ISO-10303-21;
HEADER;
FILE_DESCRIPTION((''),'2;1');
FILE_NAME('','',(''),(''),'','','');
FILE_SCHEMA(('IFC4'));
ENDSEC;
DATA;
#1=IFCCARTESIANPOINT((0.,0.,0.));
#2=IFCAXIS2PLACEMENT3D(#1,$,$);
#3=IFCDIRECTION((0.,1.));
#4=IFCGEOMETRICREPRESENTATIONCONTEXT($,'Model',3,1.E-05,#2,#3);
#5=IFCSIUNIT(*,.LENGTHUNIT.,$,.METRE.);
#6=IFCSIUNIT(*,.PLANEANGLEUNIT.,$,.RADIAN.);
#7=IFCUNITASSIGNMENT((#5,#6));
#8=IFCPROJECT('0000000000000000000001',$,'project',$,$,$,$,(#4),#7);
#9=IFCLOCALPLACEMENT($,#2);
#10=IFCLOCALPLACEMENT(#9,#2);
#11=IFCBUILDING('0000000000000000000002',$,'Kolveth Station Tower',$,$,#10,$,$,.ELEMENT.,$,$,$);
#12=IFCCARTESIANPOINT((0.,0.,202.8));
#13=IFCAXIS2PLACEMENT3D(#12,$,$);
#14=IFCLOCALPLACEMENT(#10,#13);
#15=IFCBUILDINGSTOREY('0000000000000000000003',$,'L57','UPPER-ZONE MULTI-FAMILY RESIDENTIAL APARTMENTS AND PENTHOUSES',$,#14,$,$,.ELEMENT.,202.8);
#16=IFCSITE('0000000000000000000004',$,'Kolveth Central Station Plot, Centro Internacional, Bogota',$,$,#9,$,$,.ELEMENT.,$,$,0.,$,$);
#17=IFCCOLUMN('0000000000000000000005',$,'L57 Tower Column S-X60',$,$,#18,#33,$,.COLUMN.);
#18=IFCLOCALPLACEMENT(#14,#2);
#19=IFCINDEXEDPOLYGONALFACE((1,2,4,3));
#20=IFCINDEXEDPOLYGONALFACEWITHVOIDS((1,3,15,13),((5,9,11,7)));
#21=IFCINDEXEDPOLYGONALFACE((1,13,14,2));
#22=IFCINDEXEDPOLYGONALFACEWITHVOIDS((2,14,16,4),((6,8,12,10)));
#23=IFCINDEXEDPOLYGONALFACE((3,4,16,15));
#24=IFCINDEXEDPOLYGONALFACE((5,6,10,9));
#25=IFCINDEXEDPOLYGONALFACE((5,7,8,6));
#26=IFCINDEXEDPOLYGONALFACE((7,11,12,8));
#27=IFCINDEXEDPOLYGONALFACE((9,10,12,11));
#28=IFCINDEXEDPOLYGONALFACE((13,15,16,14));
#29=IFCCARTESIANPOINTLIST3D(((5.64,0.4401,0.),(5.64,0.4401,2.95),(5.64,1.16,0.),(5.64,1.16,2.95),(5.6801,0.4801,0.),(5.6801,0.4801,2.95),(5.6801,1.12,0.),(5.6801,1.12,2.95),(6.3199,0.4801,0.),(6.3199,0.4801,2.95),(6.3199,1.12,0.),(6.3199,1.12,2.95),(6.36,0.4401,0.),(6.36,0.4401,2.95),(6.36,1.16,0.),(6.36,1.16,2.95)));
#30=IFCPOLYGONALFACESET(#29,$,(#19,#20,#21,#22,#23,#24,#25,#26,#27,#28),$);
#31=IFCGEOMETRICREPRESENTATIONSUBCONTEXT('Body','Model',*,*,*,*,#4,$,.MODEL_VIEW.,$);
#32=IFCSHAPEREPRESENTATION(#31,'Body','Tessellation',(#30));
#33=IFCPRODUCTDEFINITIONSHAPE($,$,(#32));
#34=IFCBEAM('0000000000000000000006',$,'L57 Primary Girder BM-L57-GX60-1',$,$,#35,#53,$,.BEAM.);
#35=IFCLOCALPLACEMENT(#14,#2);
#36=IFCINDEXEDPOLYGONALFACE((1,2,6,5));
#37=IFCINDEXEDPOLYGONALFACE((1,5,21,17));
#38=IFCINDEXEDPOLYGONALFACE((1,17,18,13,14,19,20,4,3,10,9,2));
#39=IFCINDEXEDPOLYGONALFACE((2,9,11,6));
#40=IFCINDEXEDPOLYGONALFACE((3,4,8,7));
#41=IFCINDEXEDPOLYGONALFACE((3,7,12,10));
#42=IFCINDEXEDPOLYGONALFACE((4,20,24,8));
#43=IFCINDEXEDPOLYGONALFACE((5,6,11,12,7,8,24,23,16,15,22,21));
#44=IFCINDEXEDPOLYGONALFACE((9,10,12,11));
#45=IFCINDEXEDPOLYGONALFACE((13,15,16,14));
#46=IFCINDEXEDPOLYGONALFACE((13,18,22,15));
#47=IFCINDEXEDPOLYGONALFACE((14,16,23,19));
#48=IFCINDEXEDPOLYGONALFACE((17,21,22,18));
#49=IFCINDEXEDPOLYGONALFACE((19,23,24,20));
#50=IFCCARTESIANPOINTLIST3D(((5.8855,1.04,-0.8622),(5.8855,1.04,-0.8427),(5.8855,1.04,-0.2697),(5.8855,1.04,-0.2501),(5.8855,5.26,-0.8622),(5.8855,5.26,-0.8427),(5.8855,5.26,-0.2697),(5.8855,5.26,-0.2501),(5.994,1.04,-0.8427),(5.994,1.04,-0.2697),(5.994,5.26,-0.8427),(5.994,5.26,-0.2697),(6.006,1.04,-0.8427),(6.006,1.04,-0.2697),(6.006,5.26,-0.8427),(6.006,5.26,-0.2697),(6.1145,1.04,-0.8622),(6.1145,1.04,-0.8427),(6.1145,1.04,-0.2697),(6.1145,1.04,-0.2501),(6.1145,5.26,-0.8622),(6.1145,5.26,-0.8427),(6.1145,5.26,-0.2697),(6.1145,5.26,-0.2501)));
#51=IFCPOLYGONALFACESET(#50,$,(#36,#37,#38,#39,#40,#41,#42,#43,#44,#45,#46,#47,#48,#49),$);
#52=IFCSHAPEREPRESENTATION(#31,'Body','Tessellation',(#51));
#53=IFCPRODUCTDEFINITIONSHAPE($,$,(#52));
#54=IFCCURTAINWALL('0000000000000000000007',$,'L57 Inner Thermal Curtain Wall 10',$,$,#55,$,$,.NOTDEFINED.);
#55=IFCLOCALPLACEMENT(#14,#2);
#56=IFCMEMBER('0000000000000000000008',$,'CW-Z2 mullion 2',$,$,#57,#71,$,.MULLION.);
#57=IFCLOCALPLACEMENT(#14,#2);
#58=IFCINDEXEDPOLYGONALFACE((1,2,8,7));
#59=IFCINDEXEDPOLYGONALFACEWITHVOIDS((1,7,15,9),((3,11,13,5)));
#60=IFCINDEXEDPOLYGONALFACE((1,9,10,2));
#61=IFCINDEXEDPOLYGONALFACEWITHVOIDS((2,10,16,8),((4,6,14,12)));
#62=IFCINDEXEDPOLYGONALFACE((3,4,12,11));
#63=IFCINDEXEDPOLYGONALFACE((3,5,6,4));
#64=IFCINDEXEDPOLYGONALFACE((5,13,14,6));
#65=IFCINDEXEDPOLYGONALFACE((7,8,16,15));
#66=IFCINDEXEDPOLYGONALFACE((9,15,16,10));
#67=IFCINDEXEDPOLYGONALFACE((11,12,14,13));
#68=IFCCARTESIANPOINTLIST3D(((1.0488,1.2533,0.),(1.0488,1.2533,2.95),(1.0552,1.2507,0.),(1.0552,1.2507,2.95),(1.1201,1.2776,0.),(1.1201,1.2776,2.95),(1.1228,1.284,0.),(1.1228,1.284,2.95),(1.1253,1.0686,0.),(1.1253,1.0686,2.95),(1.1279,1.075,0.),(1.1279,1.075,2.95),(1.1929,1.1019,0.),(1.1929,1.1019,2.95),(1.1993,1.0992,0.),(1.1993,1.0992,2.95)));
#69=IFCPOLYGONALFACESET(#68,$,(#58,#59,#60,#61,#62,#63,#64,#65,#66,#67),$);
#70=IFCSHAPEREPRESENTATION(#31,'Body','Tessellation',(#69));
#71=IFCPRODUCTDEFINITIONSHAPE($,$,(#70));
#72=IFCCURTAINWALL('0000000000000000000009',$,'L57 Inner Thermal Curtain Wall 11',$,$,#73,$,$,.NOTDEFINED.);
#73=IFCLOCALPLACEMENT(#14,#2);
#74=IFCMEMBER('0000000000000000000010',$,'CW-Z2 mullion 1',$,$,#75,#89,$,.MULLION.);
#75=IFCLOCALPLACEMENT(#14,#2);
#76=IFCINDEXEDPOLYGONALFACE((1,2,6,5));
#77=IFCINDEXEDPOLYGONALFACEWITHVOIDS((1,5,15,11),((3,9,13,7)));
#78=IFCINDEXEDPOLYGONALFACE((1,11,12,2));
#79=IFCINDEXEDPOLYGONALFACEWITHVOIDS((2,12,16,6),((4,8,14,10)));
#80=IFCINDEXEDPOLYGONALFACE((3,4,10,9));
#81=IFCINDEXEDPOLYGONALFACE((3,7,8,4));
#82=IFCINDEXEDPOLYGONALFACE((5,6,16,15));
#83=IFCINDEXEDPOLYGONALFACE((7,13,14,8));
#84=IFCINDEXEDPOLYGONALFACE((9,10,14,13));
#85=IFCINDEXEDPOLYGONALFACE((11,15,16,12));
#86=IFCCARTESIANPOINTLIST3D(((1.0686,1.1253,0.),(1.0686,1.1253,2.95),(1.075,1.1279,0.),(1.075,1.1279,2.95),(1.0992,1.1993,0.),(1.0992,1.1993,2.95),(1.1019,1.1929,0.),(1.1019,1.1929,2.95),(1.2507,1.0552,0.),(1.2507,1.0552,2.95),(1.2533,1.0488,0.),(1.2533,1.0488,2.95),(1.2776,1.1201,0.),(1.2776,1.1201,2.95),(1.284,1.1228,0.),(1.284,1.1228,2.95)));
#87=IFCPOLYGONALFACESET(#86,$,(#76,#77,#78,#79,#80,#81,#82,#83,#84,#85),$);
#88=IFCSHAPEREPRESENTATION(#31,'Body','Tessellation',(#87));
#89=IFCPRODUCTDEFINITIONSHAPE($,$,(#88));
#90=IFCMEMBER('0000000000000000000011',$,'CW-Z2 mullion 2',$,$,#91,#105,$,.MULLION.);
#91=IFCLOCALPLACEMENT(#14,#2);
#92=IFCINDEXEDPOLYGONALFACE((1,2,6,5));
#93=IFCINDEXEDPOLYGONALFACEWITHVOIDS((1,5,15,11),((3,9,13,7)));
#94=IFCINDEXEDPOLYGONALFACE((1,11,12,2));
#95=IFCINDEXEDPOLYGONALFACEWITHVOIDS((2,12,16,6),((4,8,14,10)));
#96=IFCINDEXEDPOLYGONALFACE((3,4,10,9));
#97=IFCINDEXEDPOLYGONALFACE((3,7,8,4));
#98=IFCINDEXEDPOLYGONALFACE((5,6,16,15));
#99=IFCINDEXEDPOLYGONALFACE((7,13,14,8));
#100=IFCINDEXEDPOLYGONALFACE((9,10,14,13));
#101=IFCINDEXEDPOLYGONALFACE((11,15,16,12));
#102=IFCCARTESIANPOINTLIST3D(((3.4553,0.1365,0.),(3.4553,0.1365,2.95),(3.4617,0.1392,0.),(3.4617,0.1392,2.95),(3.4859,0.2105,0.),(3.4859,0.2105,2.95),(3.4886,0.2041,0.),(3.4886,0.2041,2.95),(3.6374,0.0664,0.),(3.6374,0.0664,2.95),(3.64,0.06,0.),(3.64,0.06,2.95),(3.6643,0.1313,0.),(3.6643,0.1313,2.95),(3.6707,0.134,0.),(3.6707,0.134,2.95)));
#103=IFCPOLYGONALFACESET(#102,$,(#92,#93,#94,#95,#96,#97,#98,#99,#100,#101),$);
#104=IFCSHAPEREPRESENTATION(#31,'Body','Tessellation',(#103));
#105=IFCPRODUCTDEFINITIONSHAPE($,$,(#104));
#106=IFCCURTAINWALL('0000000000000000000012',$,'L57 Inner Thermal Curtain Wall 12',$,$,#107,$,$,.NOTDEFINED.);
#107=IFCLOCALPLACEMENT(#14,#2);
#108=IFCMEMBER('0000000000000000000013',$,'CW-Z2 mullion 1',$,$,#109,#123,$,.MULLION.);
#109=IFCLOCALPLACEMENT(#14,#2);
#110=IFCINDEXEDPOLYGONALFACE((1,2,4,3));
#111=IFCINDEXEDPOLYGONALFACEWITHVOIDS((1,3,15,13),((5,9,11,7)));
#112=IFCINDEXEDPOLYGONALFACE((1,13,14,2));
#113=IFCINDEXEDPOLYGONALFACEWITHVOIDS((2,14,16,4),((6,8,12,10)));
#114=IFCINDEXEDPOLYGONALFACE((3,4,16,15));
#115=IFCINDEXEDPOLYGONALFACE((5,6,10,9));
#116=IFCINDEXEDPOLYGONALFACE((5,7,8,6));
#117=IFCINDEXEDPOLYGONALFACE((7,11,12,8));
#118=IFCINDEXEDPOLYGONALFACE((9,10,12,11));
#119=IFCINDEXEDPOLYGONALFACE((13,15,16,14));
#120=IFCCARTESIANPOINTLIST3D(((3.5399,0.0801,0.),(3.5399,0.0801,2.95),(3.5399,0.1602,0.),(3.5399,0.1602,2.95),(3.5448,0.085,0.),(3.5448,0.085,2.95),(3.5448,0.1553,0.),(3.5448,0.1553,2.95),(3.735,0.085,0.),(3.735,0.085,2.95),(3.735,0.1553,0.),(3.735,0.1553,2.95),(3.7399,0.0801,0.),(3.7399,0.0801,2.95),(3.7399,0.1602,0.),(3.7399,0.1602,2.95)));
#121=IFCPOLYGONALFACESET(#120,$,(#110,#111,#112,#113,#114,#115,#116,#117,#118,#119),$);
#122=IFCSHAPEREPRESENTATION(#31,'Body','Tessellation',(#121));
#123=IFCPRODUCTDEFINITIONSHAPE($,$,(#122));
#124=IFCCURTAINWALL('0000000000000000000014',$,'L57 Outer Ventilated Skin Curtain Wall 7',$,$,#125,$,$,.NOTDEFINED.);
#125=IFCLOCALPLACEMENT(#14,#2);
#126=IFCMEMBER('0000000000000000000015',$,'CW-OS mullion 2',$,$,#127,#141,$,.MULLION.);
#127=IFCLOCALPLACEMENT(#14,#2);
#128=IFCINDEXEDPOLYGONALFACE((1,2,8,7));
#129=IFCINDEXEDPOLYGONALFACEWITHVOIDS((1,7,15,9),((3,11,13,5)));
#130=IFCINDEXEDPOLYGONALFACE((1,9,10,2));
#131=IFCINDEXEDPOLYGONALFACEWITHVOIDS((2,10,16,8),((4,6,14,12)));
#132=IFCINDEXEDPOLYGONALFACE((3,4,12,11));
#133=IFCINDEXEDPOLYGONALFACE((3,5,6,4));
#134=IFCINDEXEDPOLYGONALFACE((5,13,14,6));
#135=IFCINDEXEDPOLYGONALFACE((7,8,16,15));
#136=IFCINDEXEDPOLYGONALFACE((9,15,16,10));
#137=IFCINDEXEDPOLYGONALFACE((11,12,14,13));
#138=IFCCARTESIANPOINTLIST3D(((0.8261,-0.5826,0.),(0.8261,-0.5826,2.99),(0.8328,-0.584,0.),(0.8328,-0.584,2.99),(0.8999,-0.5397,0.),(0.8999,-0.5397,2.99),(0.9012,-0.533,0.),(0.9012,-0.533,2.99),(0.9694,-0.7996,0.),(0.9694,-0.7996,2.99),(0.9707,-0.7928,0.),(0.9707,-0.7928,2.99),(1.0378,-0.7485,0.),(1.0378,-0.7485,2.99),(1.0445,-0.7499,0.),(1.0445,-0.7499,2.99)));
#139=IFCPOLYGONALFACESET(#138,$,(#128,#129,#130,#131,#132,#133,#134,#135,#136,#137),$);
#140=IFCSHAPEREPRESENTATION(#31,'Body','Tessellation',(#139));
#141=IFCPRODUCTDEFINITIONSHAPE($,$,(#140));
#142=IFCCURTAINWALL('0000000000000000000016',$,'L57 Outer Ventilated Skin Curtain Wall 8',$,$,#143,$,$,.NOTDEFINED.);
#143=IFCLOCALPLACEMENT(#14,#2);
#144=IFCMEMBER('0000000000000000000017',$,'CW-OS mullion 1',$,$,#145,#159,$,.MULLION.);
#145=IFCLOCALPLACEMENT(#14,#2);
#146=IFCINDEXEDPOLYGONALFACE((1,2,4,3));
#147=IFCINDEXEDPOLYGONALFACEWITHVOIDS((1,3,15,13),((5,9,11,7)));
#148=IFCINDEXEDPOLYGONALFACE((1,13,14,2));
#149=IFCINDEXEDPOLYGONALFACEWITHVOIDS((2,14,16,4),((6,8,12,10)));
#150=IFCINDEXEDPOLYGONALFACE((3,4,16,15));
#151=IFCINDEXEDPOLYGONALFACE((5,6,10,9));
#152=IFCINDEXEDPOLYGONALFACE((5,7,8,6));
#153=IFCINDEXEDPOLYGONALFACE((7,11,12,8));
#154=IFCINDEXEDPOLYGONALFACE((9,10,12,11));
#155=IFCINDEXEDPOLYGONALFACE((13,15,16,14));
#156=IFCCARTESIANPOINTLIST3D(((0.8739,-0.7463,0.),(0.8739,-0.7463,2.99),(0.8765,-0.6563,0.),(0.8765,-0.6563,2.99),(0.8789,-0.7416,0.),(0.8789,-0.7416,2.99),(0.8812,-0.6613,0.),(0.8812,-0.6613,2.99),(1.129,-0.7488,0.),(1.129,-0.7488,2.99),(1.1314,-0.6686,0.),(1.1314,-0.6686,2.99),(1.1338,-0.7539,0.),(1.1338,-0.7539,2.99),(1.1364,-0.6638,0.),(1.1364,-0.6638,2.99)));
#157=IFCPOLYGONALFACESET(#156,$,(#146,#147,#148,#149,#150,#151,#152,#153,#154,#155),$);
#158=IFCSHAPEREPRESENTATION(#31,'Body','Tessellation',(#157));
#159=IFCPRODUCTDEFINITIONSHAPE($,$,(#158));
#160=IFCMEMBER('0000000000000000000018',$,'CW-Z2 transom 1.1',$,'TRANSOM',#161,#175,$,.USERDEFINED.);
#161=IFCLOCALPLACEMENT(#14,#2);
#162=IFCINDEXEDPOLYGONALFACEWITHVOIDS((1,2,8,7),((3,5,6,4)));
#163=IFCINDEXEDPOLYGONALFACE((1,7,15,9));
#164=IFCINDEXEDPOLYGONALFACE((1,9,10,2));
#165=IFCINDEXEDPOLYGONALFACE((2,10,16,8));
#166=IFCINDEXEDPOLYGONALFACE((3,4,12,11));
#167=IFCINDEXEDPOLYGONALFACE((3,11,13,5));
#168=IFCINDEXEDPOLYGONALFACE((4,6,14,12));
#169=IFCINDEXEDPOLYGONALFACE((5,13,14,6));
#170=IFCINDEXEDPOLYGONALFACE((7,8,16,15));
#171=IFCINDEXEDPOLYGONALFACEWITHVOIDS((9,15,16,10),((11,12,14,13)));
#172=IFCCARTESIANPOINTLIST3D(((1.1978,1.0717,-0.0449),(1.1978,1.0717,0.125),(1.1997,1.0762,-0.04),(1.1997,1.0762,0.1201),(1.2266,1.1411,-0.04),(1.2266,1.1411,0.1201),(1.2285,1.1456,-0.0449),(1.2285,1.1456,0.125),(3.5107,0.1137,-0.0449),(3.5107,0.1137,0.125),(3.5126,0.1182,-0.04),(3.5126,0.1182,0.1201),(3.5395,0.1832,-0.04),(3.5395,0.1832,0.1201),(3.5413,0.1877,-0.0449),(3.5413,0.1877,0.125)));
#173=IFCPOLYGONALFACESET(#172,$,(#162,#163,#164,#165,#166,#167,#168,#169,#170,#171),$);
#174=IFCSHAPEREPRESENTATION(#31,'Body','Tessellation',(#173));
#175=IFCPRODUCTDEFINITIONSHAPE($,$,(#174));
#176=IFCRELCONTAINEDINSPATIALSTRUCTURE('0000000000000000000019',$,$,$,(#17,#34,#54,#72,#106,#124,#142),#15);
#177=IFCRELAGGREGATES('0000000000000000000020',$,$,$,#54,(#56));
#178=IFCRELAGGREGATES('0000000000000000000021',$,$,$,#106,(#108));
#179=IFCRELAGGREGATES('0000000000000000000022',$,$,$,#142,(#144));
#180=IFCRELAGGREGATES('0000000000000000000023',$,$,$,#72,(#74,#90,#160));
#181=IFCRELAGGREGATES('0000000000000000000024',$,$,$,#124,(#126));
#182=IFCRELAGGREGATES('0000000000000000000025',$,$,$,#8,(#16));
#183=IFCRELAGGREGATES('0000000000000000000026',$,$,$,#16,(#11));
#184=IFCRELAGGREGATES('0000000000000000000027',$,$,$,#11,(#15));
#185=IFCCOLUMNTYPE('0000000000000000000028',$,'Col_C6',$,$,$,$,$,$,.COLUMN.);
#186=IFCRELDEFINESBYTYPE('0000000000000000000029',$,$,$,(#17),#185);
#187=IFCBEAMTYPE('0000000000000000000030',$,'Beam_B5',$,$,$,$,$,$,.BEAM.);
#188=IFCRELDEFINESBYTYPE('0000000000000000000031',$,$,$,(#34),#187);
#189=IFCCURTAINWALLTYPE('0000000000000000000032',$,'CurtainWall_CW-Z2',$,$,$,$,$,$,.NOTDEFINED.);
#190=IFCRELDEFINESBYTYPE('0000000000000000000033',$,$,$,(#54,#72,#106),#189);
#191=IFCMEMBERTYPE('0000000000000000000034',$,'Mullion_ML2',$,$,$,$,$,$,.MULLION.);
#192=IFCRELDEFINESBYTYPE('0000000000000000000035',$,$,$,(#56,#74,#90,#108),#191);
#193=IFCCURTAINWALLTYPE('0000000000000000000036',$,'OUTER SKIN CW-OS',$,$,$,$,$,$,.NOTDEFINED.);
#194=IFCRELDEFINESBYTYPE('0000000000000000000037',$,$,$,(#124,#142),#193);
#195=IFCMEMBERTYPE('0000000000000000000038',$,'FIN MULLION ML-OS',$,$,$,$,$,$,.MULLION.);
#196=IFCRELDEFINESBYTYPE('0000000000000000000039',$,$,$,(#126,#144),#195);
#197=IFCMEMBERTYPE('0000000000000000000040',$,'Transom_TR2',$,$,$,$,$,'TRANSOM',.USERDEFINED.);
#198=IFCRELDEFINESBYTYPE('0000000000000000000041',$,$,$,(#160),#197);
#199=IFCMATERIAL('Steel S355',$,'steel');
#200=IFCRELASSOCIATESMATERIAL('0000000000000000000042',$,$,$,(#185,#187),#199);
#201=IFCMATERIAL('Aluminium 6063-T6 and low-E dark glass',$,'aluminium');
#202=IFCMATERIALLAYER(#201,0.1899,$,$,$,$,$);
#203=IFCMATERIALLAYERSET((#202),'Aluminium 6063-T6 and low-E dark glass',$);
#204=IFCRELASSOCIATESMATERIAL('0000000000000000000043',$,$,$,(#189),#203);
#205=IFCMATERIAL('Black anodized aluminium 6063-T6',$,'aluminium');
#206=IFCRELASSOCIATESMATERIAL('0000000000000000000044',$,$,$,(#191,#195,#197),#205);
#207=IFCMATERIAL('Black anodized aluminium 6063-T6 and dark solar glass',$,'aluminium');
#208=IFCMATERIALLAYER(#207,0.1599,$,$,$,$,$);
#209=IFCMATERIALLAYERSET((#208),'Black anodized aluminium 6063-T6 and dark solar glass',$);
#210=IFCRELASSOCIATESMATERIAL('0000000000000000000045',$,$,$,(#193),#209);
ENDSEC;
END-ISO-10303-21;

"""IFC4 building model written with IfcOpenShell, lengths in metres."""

from ifc_helpers import new_model, si_unit, direction, frame, origin, origin_2d, place, context, subcontext, project, spatial, hollow_rectangle, i_section, extrude, source, transform, mapped, material, layer, layer_set, material_profile, profile_set, type_object, element, aggregate, save


model = new_model("IFC4")

# Units and contexts
model_context = context("Model", 3, precision=1e-05, world=origin(), true_north=direction((0.0, 1.0)))
body_context = subcontext(model_context, "Body", "Model", "MODEL_VIEW")
ifc_project = project(units=[si_unit("LENGTHUNIT", "METRE"), si_unit("PLANEANGLEUNIT", "RADIAN")], contexts=[model_context])

# Site, building, storey
site_placement = place(None, origin())
site = spatial("IfcSite", under=ifc_project, at=site_placement, Name="Kolveth Central Station Plot, Centro Internacional, Bogota", CompositionType="ELEMENT", RefElevation=0.0)
building_placement = place(site_placement, origin())
building = spatial("IfcBuilding", under=site, at=building_placement, Name="Kolveth Station Tower", CompositionType="ELEMENT")
storey_placement = place(building_placement, frame((0.0, 0.0, 202.8)))
storey = spatial("IfcBuildingStorey", under=building, at=storey_placement, Name="L57", Description="UPPER-ZONE MULTI-FAMILY RESIDENTIAL APARTMENTS AND PENTHOUSES", CompositionType="ELEMENT", Elevation=202.8)

# Column
ifc_material_1 = material(Name="Steel S355", Category="steel")
ifc_material_profile_1 = material_profile(ifc_material_1, hollow_rectangle(XDim=0.72, YDim=0.72, WallThickness=0.04, at=origin_2d()), Name="BOX720x720x40")
ifc_profile_set_1 = profile_set([ifc_material_profile_1], Name="Steel S355")
column_type = type_object("IfcColumnType", Name="Col_C6", PredefinedType="COLUMN", material=ifc_profile_set_1)
shared_shape_1 = source(origin(), body_context, "Body", "SweptSolid", [
    extrude(hollow_rectangle(XDim=0.72, YDim=0.72, WallThickness=0.04, at=origin_2d()), origin(), (0.0, 0.0, 1.0), 2.95),
])
column_placement = place(storey_placement, frame((6.0, 0.8, 0.0), z_axis=(0.0, 0.0, 1.0), x_axis=(1.0, 0.0, 0.0)))
element("IfcColumn", 1, at=column_placement, inside=storey, type_object=column_type, Name="L57 Tower Column S-X60", PredefinedType="COLUMN", context=body_context, shape_type="MappedRepresentation", body=[
    mapped(shared_shape_1, transform((0.0, 0.0, 0.0), x_axis=(1.0, 0.0, 0.0), y_axis=(0.0, 1.0, 0.0), z_axis=(0.0, 0.0, 1.0), scale=1.0)),
])

# Beam
ifc_material_profile_2 = material_profile(ifc_material_1, i_section(OverallWidth=0.229, OverallDepth=0.6121, WebThickness=0.012, FlangeThickness=0.0195, at=origin_2d()), Name="W610x125")
ifc_profile_set_2 = profile_set([ifc_material_profile_2], Name="Steel S355")
beam_type = type_object("IfcBeamType", Name="Beam_B5", PredefinedType="BEAM", material=ifc_profile_set_2)
shared_shape_2 = source(origin(), body_context, "Body", "SweptSolid", [
    extrude(i_section(OverallWidth=0.229, OverallDepth=0.6121, WebThickness=0.012, FlangeThickness=0.0195, at=origin_2d()), origin(), (0.0, 0.0, 1.0), 4.22),
])
beam_placement = place(storey_placement, frame((6.0, 1.04, -0.5562), z_axis=(0.0, 1.0, 0.0), x_axis=(-1.0, 0.0, 0.0)))
element("IfcBeam", 2, at=beam_placement, inside=storey, type_object=beam_type, Name="L57 Primary Girder BM-L57-GX60-1", PredefinedType="BEAM", context=body_context, shape_type="MappedRepresentation", body=[
    mapped(shared_shape_2, transform((0.0, 0.0, 0.0), x_axis=(1.0, 0.0, 0.0), y_axis=(0.0, 1.0, 0.0), z_axis=(0.0, 0.0, 1.0), scale=1.0)),
])

# Curtain wall, member
ifc_material_2 = material(Name="Aluminium 6063-T6 and low-E dark glass", Category="aluminium")
ifc_layer_1 = layer(ifc_material_2, 0.1899)
ifc_layer_set_1 = layer_set([ifc_layer_1], Name="Aluminium 6063-T6 and low-E dark glass")
curtain_wall_type_1 = type_object("IfcCurtainWallType", Name="CurtainWall_CW-Z2", PredefinedType="NOTDEFINED", material=ifc_layer_set_1)
curtain_wall_1_placement = place(storey_placement, origin())
curtain_wall_1 = element("IfcCurtainWall", 3, at=curtain_wall_1_placement, inside=storey, type_object=curtain_wall_type_1, Name="L57 Inner Thermal Curtain Wall 10", PredefinedType="NOTDEFINED")
ifc_material_3 = material(Name="Black anodized aluminium 6063-T6", Category="aluminium")
ifc_material_profile_3 = material_profile(ifc_material_3, hollow_rectangle(XDim=0.0801, YDim=0.2, WallThickness=0.0049, at=origin_2d()), Name="ALU-80x200x5")
ifc_profile_set_3 = profile_set([ifc_material_profile_3], Name="Black anodized aluminium 6063-T6")
member_type_1 = type_object("IfcMemberType", Name="Mullion_ML2", PredefinedType="MULLION", material=ifc_profile_set_3)
shared_shape_3 = source(origin(), body_context, "Body", "SweptSolid", [
    extrude(hollow_rectangle(XDim=0.0801, YDim=0.2, WallThickness=0.0049, at=origin_2d()), origin(), (0.0, 0.0, 1.0), 2.95),
])
member_1_placement = place(storey_placement, frame((1.124, 1.1763, 0.0), z_axis=(0.0, 0.0, 1.0), x_axis=(0.923874, 0.382698, 0.0)))
member_1 = element("IfcMember", 4, at=member_1_placement, type_object=member_type_1, Name="CW-Z2 mullion 2", PredefinedType="MULLION", context=body_context, shape_type="MappedRepresentation", body=[
    mapped(shared_shape_3, transform((0.0, 0.0, 0.0), x_axis=(1.0, 0.0, 0.0), y_axis=(0.0, 1.0, 0.0), z_axis=(0.0, 0.0, 1.0), scale=1.0)),
])
aggregate(curtain_wall_1, [member_1])

# Curtain wall, members
curtain_wall_2_placement = place(storey_placement, origin())
curtain_wall_2 = element("IfcCurtainWall", 5, at=curtain_wall_2_placement, inside=storey, type_object=curtain_wall_type_1, Name="L57 Inner Thermal Curtain Wall 11", PredefinedType="NOTDEFINED")
member_2_placement = place(storey_placement, frame((1.1763, 1.124, 0.0), z_axis=(0.0, 0.0, 1.0), x_axis=(0.382698, 0.923874, 0.0)))
member_2 = element("IfcMember", 6, at=member_2_placement, type_object=member_type_1, Name="CW-Z2 mullion 1", PredefinedType="MULLION", context=body_context, shape_type="MappedRepresentation", body=[
    mapped(shared_shape_3, transform((0.0, 0.0, 0.0), x_axis=(1.0, 0.0, 0.0), y_axis=(0.0, 1.0, 0.0), z_axis=(0.0, 0.0, 1.0), scale=1.0)),
])
member_3_placement = place(storey_placement, frame((3.563, 0.1353, 0.0), z_axis=(0.0, 0.0, 1.0), x_axis=(0.382698, 0.923874, 0.0)))
member_3 = element("IfcMember", 7, at=member_3_placement, type_object=member_type_1, Name="CW-Z2 mullion 2", PredefinedType="MULLION", context=body_context, shape_type="MappedRepresentation", body=[
    mapped(shared_shape_3, transform((0.0, 0.0, 0.0), x_axis=(1.0, 0.0, 0.0), y_axis=(0.0, 1.0, 0.0), z_axis=(0.0, 0.0, 1.0), scale=1.0)),
])

# Curtain walls, members
curtain_wall_3_placement = place(storey_placement, origin())
curtain_wall_3 = element("IfcCurtainWall", 8, at=curtain_wall_3_placement, inside=storey, type_object=curtain_wall_type_1, Name="L57 Inner Thermal Curtain Wall 12", PredefinedType="NOTDEFINED")
member_4_placement = place(storey_placement, frame((3.6399, 0.1201, 0.0), z_axis=(0.0, 0.0, 1.0), x_axis=(0.0, 1.0, 0.0)))
member_4 = element("IfcMember", 9, at=member_4_placement, type_object=member_type_1, Name="CW-Z2 mullion 1", PredefinedType="MULLION", context=body_context, shape_type="MappedRepresentation", body=[
    mapped(shared_shape_3, transform((0.0, 0.0, 0.0), x_axis=(1.0, 0.0, 0.0), y_axis=(0.0, 1.0, 0.0), z_axis=(0.0, 0.0, 1.0), scale=1.0)),
])
ifc_material_4 = material(Name="Black anodized aluminium 6063-T6 and dark solar glass", Category="aluminium")
ifc_layer_2 = layer(ifc_material_4, 0.1599)
ifc_layer_set_2 = layer_set([ifc_layer_2], Name="Black anodized aluminium 6063-T6 and dark solar glass")
curtain_wall_type_2 = type_object("IfcCurtainWallType", Name="OUTER SKIN CW-OS", PredefinedType="NOTDEFINED", material=ifc_layer_set_2)
curtain_wall_4_placement = place(storey_placement, origin())
curtain_wall_4 = element("IfcCurtainWall", 10, at=curtain_wall_4_placement, inside=storey, type_object=curtain_wall_type_2, Name="L57 Outer Ventilated Skin Curtain Wall 7", PredefinedType="NOTDEFINED")
ifc_material_profile_4 = material_profile(ifc_material_3, hollow_rectangle(XDim=0.0901, YDim=0.26, WallThickness=0.0049, at=origin_2d()), Name="ALU-90x260x5")
ifc_profile_set_4 = profile_set([ifc_material_profile_4], Name="Black anodized aluminium 6063-T6")
member_type_2 = type_object("IfcMemberType", Name="FIN MULLION ML-OS", PredefinedType="MULLION", material=ifc_profile_set_4)
shared_shape_4 = source(origin(), body_context, "Body", "SweptSolid", [
    extrude(hollow_rectangle(XDim=0.0901, YDim=0.26, WallThickness=0.0049, at=origin_2d()), origin(), (0.0, 0.0, 1.0), 2.99),
])
member_5_placement = place(storey_placement, frame((0.9353, -0.6663, 0.0), z_axis=(0.0, 0.0, 1.0), x_axis=(0.834424, 0.551123, 0.0)))
member_5 = element("IfcMember", 11, at=member_5_placement, type_object=member_type_2, Name="CW-OS mullion 2", PredefinedType="MULLION", context=body_context, shape_type="MappedRepresentation", body=[
    mapped(shared_shape_4, transform((0.0, 0.0, 0.0), x_axis=(1.0, 0.0, 0.0), y_axis=(0.0, 1.0, 0.0), z_axis=(0.0, 0.0, 1.0), scale=1.0)),
])
curtain_wall_5_placement = place(storey_placement, origin())
curtain_wall_5 = element("IfcCurtainWall", 12, at=curtain_wall_5_placement, inside=storey, type_object=curtain_wall_type_2, Name="L57 Outer Ventilated Skin Curtain Wall 8", PredefinedType="NOTDEFINED")
member_6_placement = place(storey_placement, frame((1.0051, -0.7051, 0.0), z_axis=(0.0, 0.0, 1.0), x_axis=(0.028907, 0.999582, 0.0)))
member_6 = element("IfcMember", 13, at=member_6_placement, type_object=member_type_2, Name="CW-OS mullion 1", PredefinedType="MULLION", context=body_context, shape_type="MappedRepresentation", body=[
    mapped(shared_shape_4, transform((0.0, 0.0, 0.0), x_axis=(1.0, 0.0, 0.0), y_axis=(0.0, 1.0, 0.0), z_axis=(0.0, 0.0, 1.0), scale=1.0)),
])

# Member
ifc_material_profile_5 = material_profile(ifc_material_3, hollow_rectangle(XDim=0.0801, YDim=0.1699, WallThickness=0.0049, at=origin_2d()), Name="ALU-80x170x5")
ifc_profile_set_5 = profile_set([ifc_material_profile_5], Name="Black anodized aluminium 6063-T6")
member_type_3 = type_object("IfcMemberType", Name="Transom_TR2", ElementType="TRANSOM", PredefinedType="USERDEFINED", material=ifc_profile_set_5)
shared_shape_5 = source(origin(), body_context, "Body", "SweptSolid", [
    extrude(hollow_rectangle(XDim=0.0801, YDim=0.1699, WallThickness=0.0049, at=origin_2d()), origin(), (0.0, 0.0, 1.0), 2.5034),
])
member_7_placement = place(storey_placement, frame((1.2131, 1.1086, 0.04), z_axis=(0.923888, -0.382662, 0.0), x_axis=(0.382662, 0.923888, 0.0)))
member_7 = element("IfcMember", 14, at=member_7_placement, type_object=member_type_3, Name="CW-Z2 transom 1.1", ObjectType="TRANSOM", PredefinedType="USERDEFINED", context=body_context, shape_type="MappedRepresentation", body=[
    mapped(shared_shape_5, transform((0.0, 0.0, 0.0), x_axis=(1.0, 0.0, 0.0), y_axis=(0.0, 1.0, 0.0), z_axis=(0.0, 0.0, 1.0), scale=1.0)),
])
aggregate(curtain_wall_3, [member_4])
aggregate(curtain_wall_5, [member_6])

aggregate(curtain_wall_2, [member_2, member_3, member_7])
aggregate(curtain_wall_4, [member_5])

save(model, "model.ifc")
